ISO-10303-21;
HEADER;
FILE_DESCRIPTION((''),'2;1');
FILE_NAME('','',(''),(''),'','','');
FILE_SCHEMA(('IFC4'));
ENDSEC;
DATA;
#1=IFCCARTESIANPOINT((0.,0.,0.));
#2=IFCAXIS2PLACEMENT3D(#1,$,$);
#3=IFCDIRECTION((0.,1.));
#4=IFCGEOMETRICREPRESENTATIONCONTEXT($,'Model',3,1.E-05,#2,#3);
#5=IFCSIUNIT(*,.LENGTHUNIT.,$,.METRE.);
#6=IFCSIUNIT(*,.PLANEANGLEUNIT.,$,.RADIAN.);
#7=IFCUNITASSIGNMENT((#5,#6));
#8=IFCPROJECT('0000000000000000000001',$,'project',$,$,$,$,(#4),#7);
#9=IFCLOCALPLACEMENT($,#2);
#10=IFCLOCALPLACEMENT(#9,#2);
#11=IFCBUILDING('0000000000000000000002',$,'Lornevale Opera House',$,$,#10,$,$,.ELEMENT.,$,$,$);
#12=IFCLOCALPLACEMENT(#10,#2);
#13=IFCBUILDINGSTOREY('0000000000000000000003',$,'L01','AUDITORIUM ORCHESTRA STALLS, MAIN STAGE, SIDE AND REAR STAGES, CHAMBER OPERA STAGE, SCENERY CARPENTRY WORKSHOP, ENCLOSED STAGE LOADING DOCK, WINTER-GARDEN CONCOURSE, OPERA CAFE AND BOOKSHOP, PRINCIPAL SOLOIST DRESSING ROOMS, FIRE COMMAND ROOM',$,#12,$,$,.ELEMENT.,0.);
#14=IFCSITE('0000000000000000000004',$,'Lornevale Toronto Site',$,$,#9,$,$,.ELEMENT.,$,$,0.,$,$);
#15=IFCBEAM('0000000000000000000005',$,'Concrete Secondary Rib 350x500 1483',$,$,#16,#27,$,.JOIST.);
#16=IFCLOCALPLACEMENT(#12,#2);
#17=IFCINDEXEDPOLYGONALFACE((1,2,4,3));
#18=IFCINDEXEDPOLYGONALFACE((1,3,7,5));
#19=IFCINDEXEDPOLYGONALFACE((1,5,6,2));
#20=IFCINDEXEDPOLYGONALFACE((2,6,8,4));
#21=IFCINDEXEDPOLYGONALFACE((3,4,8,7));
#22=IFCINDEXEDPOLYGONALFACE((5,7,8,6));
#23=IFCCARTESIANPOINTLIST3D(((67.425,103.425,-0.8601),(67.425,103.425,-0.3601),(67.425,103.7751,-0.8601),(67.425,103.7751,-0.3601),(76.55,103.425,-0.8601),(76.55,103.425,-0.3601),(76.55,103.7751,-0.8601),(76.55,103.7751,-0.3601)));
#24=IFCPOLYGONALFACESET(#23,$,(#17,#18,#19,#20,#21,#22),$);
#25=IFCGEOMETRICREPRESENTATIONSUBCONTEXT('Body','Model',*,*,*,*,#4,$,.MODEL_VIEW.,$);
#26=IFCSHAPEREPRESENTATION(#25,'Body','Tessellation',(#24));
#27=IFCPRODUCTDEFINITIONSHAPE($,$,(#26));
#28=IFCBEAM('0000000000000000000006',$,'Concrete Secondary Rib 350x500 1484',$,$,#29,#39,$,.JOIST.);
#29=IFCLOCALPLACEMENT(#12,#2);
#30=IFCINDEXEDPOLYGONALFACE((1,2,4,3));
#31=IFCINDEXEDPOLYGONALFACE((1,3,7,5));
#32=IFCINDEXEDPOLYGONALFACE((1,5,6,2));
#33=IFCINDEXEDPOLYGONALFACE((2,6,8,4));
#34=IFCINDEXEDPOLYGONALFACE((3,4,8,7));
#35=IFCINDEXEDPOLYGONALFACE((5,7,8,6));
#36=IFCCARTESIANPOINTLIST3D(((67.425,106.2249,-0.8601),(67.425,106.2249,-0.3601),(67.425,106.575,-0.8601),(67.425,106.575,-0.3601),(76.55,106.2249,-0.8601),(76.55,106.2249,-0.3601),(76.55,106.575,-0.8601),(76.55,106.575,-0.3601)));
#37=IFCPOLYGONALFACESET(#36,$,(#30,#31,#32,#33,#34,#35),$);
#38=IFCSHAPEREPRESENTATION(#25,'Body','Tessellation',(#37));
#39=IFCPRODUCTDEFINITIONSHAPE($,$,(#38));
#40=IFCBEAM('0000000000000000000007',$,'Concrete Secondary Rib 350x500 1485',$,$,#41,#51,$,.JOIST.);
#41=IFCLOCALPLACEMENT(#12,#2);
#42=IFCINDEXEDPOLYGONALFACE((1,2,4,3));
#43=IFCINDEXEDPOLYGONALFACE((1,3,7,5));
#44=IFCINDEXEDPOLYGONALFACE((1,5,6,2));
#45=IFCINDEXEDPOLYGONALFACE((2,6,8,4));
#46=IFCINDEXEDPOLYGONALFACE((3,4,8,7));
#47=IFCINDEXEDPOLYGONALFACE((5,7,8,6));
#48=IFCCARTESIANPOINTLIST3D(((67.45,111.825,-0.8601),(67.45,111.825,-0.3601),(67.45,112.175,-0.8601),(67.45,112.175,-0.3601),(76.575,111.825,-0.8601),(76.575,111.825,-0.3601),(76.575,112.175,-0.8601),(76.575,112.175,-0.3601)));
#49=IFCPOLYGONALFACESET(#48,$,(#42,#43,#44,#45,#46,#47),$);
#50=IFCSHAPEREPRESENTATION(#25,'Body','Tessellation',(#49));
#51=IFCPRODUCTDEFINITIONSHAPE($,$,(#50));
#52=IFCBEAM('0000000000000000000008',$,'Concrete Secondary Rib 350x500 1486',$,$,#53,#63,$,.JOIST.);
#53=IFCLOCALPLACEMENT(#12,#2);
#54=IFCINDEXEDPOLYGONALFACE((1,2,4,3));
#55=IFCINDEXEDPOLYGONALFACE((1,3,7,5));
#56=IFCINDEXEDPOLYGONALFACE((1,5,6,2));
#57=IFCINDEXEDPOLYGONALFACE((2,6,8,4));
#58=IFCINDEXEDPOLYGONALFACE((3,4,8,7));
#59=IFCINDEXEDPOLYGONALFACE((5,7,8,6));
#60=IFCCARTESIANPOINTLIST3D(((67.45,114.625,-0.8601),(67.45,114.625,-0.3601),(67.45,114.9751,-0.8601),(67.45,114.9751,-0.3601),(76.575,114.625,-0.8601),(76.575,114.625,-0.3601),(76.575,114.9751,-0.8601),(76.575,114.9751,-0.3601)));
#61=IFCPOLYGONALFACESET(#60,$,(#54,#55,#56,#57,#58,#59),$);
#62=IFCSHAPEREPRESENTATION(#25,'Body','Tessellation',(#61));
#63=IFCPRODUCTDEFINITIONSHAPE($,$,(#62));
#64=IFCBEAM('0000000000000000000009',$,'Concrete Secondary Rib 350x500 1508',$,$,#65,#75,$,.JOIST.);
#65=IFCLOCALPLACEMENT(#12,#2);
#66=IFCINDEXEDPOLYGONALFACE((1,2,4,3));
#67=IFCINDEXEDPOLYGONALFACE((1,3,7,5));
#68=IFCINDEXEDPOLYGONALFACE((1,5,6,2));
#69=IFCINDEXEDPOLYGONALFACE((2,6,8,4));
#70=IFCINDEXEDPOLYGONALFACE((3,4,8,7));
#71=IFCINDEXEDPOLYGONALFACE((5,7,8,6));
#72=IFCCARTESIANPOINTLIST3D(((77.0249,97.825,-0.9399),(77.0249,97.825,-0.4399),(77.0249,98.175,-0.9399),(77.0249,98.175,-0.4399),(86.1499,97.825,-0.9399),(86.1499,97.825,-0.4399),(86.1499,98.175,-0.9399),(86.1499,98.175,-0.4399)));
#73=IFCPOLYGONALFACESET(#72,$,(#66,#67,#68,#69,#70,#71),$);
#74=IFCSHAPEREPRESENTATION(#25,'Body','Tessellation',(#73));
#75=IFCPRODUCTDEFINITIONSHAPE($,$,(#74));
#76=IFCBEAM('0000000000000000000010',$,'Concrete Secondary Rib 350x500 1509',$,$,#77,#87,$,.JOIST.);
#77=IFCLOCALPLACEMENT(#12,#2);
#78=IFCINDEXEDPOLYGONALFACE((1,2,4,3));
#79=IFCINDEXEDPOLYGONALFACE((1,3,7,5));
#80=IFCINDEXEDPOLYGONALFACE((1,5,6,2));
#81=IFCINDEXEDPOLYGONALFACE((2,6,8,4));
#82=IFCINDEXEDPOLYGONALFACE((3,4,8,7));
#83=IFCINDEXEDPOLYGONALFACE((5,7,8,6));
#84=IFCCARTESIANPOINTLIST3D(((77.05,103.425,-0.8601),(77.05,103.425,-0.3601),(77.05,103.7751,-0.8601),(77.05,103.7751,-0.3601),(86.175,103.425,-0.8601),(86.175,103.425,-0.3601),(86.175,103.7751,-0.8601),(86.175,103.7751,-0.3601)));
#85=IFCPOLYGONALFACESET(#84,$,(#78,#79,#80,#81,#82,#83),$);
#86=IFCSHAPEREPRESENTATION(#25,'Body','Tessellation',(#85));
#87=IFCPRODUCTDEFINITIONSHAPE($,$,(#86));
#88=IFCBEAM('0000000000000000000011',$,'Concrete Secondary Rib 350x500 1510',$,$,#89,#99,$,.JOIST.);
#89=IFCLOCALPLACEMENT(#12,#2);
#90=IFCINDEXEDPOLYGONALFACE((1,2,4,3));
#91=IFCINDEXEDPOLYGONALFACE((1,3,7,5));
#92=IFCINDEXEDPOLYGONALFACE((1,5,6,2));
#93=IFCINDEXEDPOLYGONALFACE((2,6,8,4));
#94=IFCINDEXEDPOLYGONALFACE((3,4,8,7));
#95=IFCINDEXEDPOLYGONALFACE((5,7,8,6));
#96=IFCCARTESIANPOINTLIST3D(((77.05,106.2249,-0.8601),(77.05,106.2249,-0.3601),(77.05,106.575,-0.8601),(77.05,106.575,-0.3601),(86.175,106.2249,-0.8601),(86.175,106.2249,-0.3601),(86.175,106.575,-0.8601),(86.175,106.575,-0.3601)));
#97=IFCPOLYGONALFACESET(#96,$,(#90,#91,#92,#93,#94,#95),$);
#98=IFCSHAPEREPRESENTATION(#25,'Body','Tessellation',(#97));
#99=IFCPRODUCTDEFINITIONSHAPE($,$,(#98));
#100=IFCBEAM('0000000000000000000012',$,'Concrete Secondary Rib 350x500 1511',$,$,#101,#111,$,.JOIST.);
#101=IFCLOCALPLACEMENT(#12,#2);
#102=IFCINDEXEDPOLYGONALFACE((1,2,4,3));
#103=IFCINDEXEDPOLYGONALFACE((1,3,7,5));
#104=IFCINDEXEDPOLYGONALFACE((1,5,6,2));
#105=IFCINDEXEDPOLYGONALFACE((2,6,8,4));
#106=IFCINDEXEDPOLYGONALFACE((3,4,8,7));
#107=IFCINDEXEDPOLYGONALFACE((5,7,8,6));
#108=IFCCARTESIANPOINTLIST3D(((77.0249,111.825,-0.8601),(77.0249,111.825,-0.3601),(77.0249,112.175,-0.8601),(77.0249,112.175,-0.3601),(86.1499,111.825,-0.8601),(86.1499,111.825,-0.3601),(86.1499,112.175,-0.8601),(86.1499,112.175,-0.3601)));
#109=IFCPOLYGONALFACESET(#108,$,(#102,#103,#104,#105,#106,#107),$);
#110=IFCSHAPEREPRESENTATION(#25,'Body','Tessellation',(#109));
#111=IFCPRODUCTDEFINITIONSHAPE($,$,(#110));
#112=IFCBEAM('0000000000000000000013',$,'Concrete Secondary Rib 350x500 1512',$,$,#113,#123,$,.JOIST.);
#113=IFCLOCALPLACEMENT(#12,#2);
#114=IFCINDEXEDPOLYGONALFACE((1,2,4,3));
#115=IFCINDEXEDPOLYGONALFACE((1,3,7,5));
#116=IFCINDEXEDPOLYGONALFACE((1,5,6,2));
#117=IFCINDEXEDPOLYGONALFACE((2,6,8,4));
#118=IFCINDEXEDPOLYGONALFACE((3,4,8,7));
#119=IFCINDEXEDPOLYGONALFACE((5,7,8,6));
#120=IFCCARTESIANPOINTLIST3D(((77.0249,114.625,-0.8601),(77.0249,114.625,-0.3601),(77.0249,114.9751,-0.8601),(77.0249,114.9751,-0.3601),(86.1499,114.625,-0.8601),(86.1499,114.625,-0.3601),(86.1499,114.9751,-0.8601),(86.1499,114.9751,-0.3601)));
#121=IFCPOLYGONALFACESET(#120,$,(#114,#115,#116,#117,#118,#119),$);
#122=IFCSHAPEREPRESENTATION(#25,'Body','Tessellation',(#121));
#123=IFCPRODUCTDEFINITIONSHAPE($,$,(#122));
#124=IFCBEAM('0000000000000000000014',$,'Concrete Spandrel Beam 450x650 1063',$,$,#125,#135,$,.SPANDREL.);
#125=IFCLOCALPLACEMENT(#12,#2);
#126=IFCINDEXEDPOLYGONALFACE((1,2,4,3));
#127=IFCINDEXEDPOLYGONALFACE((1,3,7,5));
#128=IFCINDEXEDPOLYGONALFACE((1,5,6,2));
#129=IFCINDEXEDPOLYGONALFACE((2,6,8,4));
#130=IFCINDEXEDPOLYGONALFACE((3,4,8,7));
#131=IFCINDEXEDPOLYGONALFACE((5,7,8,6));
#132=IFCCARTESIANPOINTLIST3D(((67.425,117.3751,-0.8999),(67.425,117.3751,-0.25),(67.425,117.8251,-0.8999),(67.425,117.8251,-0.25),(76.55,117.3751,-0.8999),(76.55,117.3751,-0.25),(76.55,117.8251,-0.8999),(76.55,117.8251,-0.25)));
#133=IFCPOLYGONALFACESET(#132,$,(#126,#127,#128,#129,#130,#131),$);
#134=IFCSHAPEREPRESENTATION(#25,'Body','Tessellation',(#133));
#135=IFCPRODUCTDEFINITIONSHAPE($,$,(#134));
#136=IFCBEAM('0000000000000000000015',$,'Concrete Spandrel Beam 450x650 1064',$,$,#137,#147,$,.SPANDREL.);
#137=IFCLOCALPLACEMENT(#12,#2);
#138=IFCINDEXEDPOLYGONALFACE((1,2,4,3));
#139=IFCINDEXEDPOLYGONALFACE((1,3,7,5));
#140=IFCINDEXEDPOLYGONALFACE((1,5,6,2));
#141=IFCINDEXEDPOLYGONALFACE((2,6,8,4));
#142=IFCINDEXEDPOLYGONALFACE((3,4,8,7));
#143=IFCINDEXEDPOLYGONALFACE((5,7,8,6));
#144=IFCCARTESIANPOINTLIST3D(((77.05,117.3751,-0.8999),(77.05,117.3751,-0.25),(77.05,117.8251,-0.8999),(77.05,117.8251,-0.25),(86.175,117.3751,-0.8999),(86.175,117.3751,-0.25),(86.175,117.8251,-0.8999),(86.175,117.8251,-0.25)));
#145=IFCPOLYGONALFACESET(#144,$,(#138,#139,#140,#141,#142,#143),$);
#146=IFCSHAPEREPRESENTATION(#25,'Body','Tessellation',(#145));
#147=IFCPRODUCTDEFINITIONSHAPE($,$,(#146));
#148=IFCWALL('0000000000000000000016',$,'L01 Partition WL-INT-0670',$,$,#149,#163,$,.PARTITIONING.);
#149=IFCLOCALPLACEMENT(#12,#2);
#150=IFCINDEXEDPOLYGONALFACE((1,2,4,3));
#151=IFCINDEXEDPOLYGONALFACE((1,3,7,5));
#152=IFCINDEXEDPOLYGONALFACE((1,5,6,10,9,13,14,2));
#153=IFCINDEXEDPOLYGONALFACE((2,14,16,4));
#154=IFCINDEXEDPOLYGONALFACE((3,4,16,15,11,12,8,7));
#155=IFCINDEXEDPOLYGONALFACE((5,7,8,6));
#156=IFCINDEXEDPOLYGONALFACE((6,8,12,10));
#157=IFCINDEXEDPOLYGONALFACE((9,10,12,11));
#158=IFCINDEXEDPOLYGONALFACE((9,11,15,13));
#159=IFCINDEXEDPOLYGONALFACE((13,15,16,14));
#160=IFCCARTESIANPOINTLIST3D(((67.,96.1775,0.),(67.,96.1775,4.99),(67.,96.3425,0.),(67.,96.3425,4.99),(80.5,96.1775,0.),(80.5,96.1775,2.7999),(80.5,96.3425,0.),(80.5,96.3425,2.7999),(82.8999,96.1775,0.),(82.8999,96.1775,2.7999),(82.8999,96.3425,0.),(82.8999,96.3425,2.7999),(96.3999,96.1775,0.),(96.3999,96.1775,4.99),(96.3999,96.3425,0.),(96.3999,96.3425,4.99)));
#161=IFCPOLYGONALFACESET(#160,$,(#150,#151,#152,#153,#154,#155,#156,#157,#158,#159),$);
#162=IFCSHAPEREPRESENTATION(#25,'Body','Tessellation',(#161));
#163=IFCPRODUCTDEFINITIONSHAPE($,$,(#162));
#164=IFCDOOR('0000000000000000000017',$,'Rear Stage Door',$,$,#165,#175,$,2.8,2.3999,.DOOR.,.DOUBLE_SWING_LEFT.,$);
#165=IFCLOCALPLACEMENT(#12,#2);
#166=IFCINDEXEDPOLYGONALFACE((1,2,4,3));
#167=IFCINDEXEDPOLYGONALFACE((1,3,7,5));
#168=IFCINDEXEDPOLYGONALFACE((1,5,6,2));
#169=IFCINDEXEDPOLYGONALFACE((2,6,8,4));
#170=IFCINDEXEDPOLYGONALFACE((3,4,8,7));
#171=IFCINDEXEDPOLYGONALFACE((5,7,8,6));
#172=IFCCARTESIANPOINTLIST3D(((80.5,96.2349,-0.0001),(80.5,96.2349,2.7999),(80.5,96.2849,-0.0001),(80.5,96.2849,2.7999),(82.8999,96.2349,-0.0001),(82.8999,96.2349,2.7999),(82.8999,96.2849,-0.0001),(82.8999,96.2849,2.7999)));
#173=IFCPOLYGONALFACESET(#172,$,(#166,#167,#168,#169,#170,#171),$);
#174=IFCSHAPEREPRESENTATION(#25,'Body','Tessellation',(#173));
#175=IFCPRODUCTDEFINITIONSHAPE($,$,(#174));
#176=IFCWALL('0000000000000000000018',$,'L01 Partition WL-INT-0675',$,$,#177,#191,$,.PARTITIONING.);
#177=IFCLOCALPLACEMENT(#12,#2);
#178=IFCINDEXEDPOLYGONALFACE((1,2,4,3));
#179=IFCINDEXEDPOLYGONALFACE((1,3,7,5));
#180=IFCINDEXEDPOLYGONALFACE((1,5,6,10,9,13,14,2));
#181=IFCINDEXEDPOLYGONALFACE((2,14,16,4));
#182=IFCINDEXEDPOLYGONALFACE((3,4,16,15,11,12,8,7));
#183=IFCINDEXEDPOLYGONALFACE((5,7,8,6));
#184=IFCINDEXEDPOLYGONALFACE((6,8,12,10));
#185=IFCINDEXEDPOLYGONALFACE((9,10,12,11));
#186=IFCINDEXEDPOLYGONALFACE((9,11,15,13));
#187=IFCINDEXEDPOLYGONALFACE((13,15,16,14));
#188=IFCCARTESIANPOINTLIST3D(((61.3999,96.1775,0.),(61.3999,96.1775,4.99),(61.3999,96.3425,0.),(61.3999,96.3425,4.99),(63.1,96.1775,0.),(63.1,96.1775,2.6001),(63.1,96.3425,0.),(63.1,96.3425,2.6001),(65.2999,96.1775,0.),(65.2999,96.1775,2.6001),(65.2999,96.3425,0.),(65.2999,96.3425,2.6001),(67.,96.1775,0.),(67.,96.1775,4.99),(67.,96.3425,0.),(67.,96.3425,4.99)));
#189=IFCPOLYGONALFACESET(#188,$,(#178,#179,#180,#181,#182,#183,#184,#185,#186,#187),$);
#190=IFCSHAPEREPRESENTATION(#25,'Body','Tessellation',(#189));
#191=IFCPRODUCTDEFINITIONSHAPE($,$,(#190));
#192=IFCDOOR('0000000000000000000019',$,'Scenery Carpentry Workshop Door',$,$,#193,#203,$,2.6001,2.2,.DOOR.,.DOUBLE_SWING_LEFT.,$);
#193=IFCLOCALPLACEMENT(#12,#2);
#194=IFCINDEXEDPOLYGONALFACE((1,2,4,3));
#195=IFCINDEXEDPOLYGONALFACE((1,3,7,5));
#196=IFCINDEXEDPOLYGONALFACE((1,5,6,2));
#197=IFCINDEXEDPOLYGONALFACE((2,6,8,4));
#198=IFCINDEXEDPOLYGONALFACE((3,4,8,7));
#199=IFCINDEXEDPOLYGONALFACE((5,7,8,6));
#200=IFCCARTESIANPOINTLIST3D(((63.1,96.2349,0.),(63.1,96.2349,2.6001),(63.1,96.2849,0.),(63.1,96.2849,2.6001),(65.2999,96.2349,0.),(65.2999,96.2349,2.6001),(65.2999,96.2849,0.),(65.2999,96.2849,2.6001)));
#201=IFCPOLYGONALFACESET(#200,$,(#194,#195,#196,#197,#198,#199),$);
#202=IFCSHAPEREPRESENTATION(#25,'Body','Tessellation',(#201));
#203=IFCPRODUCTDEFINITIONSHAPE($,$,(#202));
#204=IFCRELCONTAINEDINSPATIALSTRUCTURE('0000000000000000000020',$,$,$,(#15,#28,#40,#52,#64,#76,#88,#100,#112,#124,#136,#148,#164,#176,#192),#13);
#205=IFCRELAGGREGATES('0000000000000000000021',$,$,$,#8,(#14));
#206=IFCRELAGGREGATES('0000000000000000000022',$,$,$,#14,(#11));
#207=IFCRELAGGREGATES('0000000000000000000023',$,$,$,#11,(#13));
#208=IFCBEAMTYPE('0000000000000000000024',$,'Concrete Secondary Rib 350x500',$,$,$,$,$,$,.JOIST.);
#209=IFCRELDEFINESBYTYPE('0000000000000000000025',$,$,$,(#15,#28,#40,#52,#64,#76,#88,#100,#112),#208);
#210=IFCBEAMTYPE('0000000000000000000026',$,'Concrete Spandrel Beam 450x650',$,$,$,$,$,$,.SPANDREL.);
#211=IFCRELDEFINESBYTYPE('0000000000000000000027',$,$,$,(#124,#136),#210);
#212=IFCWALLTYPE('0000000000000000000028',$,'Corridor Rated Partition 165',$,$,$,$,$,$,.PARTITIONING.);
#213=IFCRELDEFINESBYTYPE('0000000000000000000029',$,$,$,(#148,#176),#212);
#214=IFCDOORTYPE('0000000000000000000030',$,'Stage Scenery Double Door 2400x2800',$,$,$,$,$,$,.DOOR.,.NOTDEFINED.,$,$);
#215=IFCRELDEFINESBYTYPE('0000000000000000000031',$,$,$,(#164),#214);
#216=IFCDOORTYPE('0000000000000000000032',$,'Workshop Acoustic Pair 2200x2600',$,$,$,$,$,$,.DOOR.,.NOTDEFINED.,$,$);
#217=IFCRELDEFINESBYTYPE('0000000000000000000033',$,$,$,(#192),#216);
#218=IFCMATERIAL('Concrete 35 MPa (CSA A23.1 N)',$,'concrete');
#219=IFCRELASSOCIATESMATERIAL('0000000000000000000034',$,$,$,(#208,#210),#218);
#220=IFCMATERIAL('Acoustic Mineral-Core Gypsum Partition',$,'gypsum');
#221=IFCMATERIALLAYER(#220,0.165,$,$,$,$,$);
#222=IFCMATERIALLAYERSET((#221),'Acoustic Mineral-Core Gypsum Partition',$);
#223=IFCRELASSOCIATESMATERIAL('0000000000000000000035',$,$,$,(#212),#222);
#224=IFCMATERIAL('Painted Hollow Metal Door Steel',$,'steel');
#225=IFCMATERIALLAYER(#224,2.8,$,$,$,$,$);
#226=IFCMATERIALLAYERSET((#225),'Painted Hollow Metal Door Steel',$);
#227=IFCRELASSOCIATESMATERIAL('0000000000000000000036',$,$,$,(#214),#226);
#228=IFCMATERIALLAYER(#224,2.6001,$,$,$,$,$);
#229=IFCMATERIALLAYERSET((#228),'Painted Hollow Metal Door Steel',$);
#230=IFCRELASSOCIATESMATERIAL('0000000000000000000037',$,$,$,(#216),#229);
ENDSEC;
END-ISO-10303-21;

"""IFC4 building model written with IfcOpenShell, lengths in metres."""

from ifc_helpers import new_model, si_unit, direction, frame, frame_2d, origin, origin_2d, place, context, subcontext, project, spatial, rectangle, extrude, material, layer, layer_set, material_profile, profile_set, type_object, element, fill, save


model = new_model("IFC4")

# Units and contexts
model_context = context("Model", 3, precision=1e-05, world=origin(), true_north=direction((0.0, 1.0)))
body_context = subcontext(model_context, "Body", "Model", "MODEL_VIEW")
ifc_project = project(units=[si_unit("LENGTHUNIT", "METRE"), si_unit("PLANEANGLEUNIT", "RADIAN")], contexts=[model_context])

# Site, building, storey
site_placement = place(None, origin())
site = spatial("IfcSite", under=ifc_project, at=site_placement, Name="Lornevale Toronto Site", CompositionType="ELEMENT", RefElevation=0.0)
building_placement = place(site_placement, origin())
building = spatial("IfcBuilding", under=site, at=building_placement, Name="Lornevale Opera House", CompositionType="ELEMENT")
storey_placement = place(building_placement, origin())
storey = spatial("IfcBuildingStorey", under=building, at=storey_placement, Name="L01", Description="AUDITORIUM ORCHESTRA STALLS, MAIN STAGE, SIDE AND REAR STAGES, CHAMBER OPERA STAGE, SCENERY CARPENTRY WORKSHOP, ENCLOSED STAGE LOADING DOCK, WINTER-GARDEN CONCOURSE, OPERA CAFE AND BOOKSHOP, PRINCIPAL SOLOIST DRESSING ROOMS, FIRE COMMAND ROOM", CompositionType="ELEMENT", Elevation=0.0)

# Shared definitions
ifc_material_1 = material(Name="Concrete 35 MPa (CSA A23.1 N)", Category="concrete")

# Beams
ifc_material_profile_1 = material_profile(ifc_material_1, rectangle(XDim=0.3501, YDim=0.5, at=origin_2d()), Name="RC350x500")
ifc_profile_set_1 = profile_set([ifc_material_profile_1], Name="Concrete 35 MPa (CSA A23.1 N)")
beam_type_1 = type_object("IfcBeamType", Name="Concrete Secondary Rib 350x500", PredefinedType="JOIST", material=ifc_profile_set_1)
for number, where, z_axis, x_axis, name in (
    (1, (67.425, 103.6001, -0.6101), (1.0, 0.0, 0.0), (0.0, 1.0, 0.0), "Concrete Secondary Rib 350x500 1483"),
    (2, (67.425, 106.3999, -0.6101), (1.0, 0.0, 0.0), (0.0, 1.0, 0.0), "Concrete Secondary Rib 350x500 1484"),
    (3, (67.45, 112.0, -0.6101), (1.0, 0.0, 0.0), (0.0, 1.0, 0.0), "Concrete Secondary Rib 350x500 1485"),
    (4, (67.45, 114.8, -0.6101), (1.0, 0.0, 0.0), (0.0, 1.0, 0.0), "Concrete Secondary Rib 350x500 1486"),
    (5, (77.0249, 98.0, -0.6899), (1.0, 0.0, 0.0), (0.0, 1.0, 0.0), "Concrete Secondary Rib 350x500 1508"),
    (6, (77.05, 103.6001, -0.6101), (1.0, 0.0, 0.0), (0.0, 1.0, 0.0), "Concrete Secondary Rib 350x500 1509"),
    (7, (77.05, 106.3999, -0.6101), (1.0, 0.0, 0.0), (0.0, 1.0, 0.0), "Concrete Secondary Rib 350x500 1510"),
    (8, (77.0249, 112.0, -0.6101), (1.0, 0.0, 0.0), (0.0, 1.0, 0.0), "Concrete Secondary Rib 350x500 1511"),
    (9, (77.0249, 114.8, -0.6101), (1.0, 0.0, 0.0), (0.0, 1.0, 0.0), "Concrete Secondary Rib 350x500 1512"),
):
    element("IfcBeam", number, at=place(storey_placement, frame(where, z_axis=z_axis, x_axis=x_axis)), inside=storey, type_object=beam_type_1, Name=name, PredefinedType="JOIST", context=body_context, shape_type="SweptSolid", body=[
        extrude(rectangle(XDim=0.3501, YDim=0.5, at=origin_2d()), origin(), (0.0, 0.0, 1.0), 9.125),
    ])
ifc_material_profile_2 = material_profile(ifc_material_1, rectangle(XDim=0.45, YDim=0.6499, at=origin_2d()), Name="RC450x650")
ifc_profile_set_2 = profile_set([ifc_material_profile_2], Name="Concrete 35 MPa (CSA A23.1 N)")
beam_type_2 = type_object("IfcBeamType", Name="Concrete Spandrel Beam 450x650", PredefinedType="SPANDREL", material=ifc_profile_set_2)
for number, where, z_axis, x_axis, name in (
    (10, (67.425, 117.6001, -0.575), (1.0, 0.0, 0.0), (0.0, 1.0, 0.0), "Concrete Spandrel Beam 450x650 1063"),
    (11, (77.05, 117.6001, -0.575), (1.0, 0.0, 0.0), (0.0, 1.0, 0.0), "Concrete Spandrel Beam 450x650 1064"),
):
    element("IfcBeam", number, at=place(storey_placement, frame(where, z_axis=z_axis, x_axis=x_axis)), inside=storey, type_object=beam_type_2, Name=name, PredefinedType="SPANDREL", context=body_context, shape_type="SweptSolid", body=[
        extrude(rectangle(XDim=0.45, YDim=0.6499, at=origin_2d()), origin(), (0.0, 0.0, 1.0), 9.125),
    ])

# Walls, openings, doors
ifc_material_2 = material(Name="Acoustic Mineral-Core Gypsum Partition", Category="gypsum")
ifc_layer_1 = layer(ifc_material_2, 0.165)
ifc_layer_set_1 = layer_set([ifc_layer_1], Name="Acoustic Mineral-Core Gypsum Partition")
wall_type_1 = type_object("IfcWallType", Name="Corridor Rated Partition 165", PredefinedType="PARTITIONING", material=ifc_layer_set_1)
wall_1_placement = place(storey_placement, frame((67.0, 96.26, 0.0), z_axis=(0.0, 0.0, 1.0), x_axis=(1.0, 0.0, 0.0)))
wall_1 = element("IfcWall", 12, at=wall_1_placement, inside=storey, type_object=wall_type_1, Name="L01 Partition WL-INT-0670", PredefinedType="PARTITIONING", context=body_context, shape_type="SweptSolid", body=[
    extrude(rectangle(XDim=29.3999, YDim=0.165, at=frame_2d((14.7, 0.0))), origin(), (0.0, 0.0, 1.0), 4.99),
])
opening_1_placement = place(wall_1_placement, frame((13.5, 0.0, 0.0)))
opening_1 = element("IfcOpeningElement", 13, at=opening_1_placement, cuts=wall_1, PredefinedType="OPENING", context=body_context, shape_type="SweptSolid", body=[
    extrude(rectangle(XDim=2.3999, YDim=2.8, at=frame_2d((1.2, 1.3999))), frame((0.0, 0.0925, 0.0), z_axis=(0.0, -1.0, 0.0), x_axis=(1.0, 0.0, 0.0)), (0.0, 0.0, 1.0), 0.1851),
])
ifc_material_3 = material(Name="Painted Hollow Metal Door Steel", Category="steel")
ifc_layer_2 = layer(ifc_material_3, 2.8)
ifc_layer_set_2 = layer_set([ifc_layer_2], Name="Painted Hollow Metal Door Steel")
door_type_1 = type_object("IfcDoorType", Name="Stage Scenery Double Door 2400x2800", OperationType="NOTDEFINED", PredefinedType="DOOR", material=ifc_layer_set_2)
door_1_placement = place(opening_1_placement, origin())
door_1 = element("IfcDoor", 14, at=door_1_placement, inside=storey, type_object=door_type_1, Name="Rear Stage Door", OperationType="DOUBLE_SWING_LEFT", OverallHeight=2.8, OverallWidth=2.3999, PredefinedType="DOOR", context=body_context, shape_type="SweptSolid", body=[
    extrude(rectangle(XDim=2.3999, YDim=2.8, at=frame_2d((1.2, 1.3999))), frame((0.0, 0.0249, 0.0), z_axis=(0.0, -1.0, 0.0), x_axis=(1.0, 0.0, 0.0)), (0.0, 0.0, 1.0), 0.05),
])
fill(opening_1, door_1)
wall_2_placement = place(storey_placement, frame((61.3999, 96.26, 0.0), z_axis=(0.0, 0.0, 1.0), x_axis=(1.0, 0.0, 0.0)))
wall_2 = element("IfcWall", 15, at=wall_2_placement, inside=storey, type_object=wall_type_1, Name="L01 Partition WL-INT-0675", PredefinedType="PARTITIONING", context=body_context, shape_type="SweptSolid", body=[
    extrude(rectangle(XDim=5.6001, YDim=0.165, at=frame_2d((2.8, 0.0))), origin(), (0.0, 0.0, 1.0), 4.99),
])
opening_2_placement = place(wall_2_placement, frame((1.7, 0.0, 0.0)))
opening_2 = element("IfcOpeningElement", 16, at=opening_2_placement, cuts=wall_2, PredefinedType="OPENING", context=body_context, shape_type="SweptSolid", body=[
    extrude(rectangle(XDim=2.2, YDim=2.6001, at=frame_2d((1.1001, 1.3))), frame((0.0, 0.0925, 0.0), z_axis=(0.0, -1.0, 0.0), x_axis=(1.0, 0.0, 0.0)), (0.0, 0.0, 1.0), 0.1851),
])
ifc_layer_3 = layer(ifc_material_3, 2.6001)
ifc_layer_set_3 = layer_set([ifc_layer_3], Name="Painted Hollow Metal Door Steel")
door_type_2 = type_object("IfcDoorType", Name="Workshop Acoustic Pair 2200x2600", OperationType="NOTDEFINED", PredefinedType="DOOR", material=ifc_layer_set_3)
door_2_placement = place(opening_2_placement, origin())
door_2 = element("IfcDoor", 17, at=door_2_placement, inside=storey, type_object=door_type_2, Name="Scenery Carpentry Workshop Door", OperationType="DOUBLE_SWING_LEFT", OverallHeight=2.6001, OverallWidth=2.2, PredefinedType="DOOR", context=body_context, shape_type="SweptSolid", body=[
    extrude(rectangle(XDim=2.2, YDim=2.6001, at=frame_2d((1.1001, 1.3))), frame((0.0, 0.0249, 0.0), z_axis=(0.0, -1.0, 0.0), x_axis=(1.0, 0.0, 0.0)), (0.0, 0.0, 1.0), 0.05),
])
fill(opening_2, door_2)

save(model, "model.ifc")
